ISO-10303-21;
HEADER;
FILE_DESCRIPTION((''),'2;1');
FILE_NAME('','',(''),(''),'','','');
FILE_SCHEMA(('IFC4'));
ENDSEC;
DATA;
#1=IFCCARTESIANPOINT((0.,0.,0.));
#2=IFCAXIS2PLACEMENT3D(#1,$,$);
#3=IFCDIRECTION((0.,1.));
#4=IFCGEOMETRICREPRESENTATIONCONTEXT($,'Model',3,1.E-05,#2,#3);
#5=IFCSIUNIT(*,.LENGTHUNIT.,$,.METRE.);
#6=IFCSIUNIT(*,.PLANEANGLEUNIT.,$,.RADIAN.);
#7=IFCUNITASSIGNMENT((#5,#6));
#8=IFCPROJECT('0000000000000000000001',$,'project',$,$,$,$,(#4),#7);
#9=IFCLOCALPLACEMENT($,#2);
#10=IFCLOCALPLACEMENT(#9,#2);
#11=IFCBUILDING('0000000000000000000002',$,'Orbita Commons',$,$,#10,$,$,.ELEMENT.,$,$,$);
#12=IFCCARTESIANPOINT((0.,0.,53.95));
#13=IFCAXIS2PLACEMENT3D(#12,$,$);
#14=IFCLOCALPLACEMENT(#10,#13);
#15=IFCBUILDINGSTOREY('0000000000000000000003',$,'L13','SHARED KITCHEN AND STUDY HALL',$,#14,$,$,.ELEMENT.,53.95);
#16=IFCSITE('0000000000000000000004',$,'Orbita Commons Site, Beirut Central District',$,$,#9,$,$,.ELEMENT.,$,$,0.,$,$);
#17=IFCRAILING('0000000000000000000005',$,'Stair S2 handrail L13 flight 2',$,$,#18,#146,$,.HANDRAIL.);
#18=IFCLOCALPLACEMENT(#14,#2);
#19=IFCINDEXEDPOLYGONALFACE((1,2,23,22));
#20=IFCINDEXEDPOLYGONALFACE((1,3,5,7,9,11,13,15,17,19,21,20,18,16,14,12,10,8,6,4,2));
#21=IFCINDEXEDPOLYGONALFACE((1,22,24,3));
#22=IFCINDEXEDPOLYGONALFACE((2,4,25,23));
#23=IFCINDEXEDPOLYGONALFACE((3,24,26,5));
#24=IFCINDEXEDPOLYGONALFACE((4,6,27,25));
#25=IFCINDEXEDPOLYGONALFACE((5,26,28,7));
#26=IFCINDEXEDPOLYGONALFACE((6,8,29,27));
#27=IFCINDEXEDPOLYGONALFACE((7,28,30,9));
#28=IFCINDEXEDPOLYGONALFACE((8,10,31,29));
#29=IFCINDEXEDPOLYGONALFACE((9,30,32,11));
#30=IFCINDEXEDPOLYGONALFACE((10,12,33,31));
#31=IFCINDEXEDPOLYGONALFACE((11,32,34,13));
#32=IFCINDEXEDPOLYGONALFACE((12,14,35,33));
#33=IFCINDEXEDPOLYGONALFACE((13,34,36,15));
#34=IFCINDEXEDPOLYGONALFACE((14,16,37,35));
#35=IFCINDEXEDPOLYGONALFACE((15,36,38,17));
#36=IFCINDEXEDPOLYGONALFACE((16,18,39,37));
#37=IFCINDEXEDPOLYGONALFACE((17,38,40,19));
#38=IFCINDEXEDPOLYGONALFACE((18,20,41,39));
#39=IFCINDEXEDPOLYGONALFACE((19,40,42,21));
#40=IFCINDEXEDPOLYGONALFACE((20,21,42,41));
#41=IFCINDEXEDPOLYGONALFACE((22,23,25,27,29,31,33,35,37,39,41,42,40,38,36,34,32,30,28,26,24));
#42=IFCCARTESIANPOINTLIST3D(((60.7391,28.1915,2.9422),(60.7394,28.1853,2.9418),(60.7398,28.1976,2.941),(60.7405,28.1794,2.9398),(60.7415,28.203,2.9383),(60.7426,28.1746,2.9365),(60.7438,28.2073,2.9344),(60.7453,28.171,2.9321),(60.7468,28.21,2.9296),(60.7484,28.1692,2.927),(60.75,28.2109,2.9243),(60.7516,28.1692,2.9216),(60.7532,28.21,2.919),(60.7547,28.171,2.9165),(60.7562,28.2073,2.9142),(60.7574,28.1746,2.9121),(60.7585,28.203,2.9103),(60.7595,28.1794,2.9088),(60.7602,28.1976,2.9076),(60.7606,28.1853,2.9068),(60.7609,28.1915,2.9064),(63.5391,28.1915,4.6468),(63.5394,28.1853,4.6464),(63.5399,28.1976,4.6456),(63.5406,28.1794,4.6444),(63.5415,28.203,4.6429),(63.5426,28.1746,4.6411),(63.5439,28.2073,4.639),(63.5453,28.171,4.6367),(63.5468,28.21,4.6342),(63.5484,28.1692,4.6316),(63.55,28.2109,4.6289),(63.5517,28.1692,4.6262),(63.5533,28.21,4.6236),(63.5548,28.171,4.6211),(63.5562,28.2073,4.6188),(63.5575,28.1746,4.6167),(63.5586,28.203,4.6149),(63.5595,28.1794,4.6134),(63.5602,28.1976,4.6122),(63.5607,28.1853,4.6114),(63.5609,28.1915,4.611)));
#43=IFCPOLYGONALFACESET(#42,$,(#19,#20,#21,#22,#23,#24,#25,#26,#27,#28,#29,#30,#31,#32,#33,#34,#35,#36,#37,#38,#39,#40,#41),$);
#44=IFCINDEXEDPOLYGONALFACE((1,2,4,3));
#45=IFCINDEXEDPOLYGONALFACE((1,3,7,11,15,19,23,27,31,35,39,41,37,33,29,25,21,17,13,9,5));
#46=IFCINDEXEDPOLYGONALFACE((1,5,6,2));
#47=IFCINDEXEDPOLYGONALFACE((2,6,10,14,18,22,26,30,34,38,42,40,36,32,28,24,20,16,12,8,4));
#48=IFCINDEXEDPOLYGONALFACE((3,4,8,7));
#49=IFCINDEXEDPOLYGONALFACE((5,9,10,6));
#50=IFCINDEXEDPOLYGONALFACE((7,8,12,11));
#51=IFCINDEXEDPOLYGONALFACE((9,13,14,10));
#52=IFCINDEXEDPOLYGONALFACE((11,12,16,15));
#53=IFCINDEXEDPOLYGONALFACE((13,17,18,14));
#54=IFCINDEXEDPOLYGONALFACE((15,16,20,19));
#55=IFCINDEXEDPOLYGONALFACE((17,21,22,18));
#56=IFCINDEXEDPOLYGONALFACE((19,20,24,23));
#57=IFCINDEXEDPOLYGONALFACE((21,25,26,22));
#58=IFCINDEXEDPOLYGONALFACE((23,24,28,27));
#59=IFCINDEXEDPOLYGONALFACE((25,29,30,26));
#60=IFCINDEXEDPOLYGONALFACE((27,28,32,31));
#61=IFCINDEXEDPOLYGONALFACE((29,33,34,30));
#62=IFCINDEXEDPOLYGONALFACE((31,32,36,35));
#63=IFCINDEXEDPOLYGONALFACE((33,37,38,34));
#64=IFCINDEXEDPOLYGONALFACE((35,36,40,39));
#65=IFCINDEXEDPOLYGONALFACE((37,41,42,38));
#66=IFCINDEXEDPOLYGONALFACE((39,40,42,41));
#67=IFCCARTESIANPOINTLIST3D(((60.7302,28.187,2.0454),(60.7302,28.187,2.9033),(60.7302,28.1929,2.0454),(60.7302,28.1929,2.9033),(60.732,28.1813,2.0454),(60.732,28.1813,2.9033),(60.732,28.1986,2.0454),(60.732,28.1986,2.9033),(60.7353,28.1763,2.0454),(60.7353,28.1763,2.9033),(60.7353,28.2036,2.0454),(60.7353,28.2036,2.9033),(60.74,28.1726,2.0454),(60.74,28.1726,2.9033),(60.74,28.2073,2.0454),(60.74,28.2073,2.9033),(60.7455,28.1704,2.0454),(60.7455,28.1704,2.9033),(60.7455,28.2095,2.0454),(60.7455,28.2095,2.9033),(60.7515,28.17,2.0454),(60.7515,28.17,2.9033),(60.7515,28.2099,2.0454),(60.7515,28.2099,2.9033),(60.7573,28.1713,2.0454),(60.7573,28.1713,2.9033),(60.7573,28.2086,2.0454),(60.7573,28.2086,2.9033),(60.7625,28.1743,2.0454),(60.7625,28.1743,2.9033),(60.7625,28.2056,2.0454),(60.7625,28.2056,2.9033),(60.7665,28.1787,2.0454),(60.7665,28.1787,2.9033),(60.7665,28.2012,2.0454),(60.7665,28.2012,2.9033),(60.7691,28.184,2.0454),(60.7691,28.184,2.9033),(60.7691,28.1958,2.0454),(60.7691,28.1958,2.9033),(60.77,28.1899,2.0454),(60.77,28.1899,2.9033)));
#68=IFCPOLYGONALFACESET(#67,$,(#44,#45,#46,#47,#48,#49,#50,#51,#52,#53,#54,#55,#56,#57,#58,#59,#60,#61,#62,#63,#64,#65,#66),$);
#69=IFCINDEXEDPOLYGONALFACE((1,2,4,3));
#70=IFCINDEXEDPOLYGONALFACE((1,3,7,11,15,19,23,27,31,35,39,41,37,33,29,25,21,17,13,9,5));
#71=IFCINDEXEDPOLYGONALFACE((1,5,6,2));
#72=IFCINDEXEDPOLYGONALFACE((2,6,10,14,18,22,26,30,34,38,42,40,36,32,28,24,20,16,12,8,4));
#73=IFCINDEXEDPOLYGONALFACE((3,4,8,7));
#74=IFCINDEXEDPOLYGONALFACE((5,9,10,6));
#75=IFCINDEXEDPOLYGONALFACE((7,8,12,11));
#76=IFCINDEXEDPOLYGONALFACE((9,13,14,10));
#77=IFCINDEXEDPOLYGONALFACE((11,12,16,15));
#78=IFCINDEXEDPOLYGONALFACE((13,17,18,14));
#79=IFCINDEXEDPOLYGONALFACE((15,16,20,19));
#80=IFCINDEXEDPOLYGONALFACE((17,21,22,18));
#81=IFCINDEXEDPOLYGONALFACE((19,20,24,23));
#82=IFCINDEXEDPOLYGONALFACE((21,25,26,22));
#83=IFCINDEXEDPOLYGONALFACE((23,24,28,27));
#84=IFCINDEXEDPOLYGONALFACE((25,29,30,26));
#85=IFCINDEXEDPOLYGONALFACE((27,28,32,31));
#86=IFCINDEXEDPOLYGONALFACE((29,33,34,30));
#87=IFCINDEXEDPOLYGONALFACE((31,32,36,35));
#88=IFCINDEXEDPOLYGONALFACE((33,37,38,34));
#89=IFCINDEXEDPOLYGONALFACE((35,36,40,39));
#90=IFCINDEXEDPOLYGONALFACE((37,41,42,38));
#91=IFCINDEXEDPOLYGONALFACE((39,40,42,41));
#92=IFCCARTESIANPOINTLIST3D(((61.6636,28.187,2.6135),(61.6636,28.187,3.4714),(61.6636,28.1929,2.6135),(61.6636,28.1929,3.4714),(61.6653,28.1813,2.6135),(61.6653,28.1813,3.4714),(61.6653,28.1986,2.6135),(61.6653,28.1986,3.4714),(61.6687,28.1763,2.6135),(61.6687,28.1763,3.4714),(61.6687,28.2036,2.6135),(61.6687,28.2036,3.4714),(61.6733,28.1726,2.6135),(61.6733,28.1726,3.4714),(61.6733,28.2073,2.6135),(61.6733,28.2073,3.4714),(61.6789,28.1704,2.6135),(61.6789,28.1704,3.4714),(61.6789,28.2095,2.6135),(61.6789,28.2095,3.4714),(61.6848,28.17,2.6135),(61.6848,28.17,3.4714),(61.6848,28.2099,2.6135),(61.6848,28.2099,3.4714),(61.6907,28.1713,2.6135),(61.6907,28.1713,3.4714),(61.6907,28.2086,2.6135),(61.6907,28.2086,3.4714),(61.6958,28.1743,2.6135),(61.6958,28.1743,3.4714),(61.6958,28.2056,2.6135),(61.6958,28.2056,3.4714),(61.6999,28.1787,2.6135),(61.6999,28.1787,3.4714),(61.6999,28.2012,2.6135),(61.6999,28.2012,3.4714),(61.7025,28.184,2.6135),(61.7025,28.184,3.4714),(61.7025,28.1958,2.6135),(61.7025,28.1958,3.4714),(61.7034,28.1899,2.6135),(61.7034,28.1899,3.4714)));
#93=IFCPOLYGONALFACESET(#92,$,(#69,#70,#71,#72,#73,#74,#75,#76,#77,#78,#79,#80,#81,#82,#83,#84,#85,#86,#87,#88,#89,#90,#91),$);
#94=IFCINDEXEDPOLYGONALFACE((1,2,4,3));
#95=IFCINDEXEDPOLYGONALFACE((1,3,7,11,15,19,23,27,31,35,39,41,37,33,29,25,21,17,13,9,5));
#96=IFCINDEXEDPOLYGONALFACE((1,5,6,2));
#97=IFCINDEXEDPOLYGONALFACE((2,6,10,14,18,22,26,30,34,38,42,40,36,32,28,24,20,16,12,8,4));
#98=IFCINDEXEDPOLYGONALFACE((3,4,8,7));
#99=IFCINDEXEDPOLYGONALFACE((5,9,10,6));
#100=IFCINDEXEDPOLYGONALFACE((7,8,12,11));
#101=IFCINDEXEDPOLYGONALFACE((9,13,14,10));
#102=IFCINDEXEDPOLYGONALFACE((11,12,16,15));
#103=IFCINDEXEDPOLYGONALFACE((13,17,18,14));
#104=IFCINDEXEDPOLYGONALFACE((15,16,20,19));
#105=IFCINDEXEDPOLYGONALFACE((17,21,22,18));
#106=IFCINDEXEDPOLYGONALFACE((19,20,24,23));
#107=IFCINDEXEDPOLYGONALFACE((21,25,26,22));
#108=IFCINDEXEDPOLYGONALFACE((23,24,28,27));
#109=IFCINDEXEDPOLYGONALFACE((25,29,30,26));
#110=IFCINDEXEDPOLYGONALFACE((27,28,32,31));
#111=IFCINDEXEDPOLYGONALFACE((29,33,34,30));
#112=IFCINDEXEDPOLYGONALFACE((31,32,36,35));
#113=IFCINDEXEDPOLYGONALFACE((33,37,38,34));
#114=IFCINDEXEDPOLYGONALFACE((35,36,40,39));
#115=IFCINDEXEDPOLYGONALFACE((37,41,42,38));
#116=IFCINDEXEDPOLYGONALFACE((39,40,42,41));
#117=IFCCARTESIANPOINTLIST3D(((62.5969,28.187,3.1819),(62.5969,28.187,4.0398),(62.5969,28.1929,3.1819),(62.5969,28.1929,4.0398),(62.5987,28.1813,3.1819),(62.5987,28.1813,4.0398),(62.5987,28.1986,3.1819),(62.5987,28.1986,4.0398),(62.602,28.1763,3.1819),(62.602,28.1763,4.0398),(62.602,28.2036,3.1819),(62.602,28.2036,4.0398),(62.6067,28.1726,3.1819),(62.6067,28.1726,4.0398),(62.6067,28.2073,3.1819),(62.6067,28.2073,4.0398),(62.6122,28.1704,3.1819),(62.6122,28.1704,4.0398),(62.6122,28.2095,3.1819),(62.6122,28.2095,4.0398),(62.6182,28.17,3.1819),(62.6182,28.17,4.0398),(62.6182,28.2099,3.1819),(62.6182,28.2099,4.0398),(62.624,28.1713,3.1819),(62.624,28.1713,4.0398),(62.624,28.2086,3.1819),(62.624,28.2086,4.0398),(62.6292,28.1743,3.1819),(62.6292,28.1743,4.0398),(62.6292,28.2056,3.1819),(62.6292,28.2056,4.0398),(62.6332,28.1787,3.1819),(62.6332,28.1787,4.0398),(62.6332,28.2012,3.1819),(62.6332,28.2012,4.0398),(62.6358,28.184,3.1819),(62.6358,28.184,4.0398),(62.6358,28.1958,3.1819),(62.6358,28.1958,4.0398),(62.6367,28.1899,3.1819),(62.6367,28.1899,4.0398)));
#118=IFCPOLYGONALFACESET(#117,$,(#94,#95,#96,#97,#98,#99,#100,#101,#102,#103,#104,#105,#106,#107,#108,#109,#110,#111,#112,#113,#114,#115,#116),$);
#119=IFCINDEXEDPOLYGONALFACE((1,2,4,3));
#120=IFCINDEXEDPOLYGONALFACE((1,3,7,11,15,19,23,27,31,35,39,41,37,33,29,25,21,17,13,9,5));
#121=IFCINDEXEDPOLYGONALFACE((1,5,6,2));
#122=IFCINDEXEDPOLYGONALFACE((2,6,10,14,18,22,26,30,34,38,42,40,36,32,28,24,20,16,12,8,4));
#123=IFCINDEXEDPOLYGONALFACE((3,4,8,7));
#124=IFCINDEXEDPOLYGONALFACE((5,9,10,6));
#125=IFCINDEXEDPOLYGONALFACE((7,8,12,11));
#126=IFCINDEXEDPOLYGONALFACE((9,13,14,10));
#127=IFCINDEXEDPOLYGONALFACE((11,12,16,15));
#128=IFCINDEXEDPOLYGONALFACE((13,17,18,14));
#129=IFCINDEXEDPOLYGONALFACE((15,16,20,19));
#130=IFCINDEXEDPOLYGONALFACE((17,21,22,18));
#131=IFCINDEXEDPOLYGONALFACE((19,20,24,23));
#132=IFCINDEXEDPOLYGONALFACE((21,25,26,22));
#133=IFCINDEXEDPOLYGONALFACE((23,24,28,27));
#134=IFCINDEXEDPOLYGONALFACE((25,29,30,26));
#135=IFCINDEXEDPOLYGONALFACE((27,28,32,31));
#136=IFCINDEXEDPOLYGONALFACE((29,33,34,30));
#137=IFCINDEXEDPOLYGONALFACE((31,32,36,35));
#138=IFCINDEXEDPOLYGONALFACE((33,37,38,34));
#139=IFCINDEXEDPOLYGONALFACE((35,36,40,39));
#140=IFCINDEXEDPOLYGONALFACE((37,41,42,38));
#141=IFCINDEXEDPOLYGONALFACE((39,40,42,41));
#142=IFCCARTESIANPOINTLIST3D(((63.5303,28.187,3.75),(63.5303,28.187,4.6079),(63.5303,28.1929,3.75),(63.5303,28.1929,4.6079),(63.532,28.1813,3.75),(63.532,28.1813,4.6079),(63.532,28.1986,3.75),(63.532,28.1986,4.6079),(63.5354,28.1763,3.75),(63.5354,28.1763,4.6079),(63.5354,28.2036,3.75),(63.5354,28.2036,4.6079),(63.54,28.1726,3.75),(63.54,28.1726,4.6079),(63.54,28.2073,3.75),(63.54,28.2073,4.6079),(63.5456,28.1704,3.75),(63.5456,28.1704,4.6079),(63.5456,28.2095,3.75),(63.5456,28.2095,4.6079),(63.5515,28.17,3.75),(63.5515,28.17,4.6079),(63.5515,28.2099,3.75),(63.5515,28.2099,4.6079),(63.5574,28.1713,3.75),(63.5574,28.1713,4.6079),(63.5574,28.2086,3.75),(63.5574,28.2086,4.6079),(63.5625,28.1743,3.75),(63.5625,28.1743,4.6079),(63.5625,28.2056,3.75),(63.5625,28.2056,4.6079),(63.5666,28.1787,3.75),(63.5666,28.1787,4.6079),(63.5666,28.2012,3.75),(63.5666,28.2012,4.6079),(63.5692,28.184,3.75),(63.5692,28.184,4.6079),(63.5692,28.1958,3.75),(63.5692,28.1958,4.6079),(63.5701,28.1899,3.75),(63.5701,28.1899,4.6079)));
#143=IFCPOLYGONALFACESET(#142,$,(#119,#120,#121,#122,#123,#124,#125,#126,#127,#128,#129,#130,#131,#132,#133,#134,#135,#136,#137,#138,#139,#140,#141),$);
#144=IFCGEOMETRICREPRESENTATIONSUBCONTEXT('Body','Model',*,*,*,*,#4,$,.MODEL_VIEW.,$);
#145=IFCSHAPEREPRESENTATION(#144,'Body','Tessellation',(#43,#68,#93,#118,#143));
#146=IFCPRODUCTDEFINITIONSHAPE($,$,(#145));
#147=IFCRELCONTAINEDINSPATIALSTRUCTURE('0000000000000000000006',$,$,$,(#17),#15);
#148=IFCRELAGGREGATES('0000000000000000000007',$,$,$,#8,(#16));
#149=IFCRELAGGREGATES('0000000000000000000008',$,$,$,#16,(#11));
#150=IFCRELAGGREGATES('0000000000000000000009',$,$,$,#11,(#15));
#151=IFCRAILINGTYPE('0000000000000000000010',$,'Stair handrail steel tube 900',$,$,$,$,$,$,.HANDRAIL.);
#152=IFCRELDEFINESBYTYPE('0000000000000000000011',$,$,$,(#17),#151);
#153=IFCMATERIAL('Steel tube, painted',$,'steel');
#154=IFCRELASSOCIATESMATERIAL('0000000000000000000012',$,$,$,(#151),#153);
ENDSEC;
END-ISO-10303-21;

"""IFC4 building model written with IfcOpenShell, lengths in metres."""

from ifc_helpers import new_model, si_unit, direction, frame, origin, origin_2d, place, context, subcontext, project, spatial, circle, extrude, material, type_object, element, save


model = new_model("IFC4")

# Units and contexts
model_context = context("Model", 3, precision=1e-05, world=origin(), true_north=direction((0.0, 1.0)))
body_context = subcontext(model_context, "Body", "Model", "MODEL_VIEW")
ifc_project = project(units=[si_unit("LENGTHUNIT", "METRE"), si_unit("PLANEANGLEUNIT", "RADIAN")], contexts=[model_context])

# Site, building, storey
site_placement = place(None, origin())
site = spatial("IfcSite", under=ifc_project, at=site_placement, Name="Orbita Commons Site, Beirut Central District", CompositionType="ELEMENT", RefElevation=0.0)
building_placement = place(site_placement, origin())
building = spatial("IfcBuilding", under=site, at=building_placement, Name="Orbita Commons", CompositionType="ELEMENT")
storey_placement = place(building_placement, frame((0.0, 0.0, 53.95)))
storey = spatial("IfcBuildingStorey", under=building, at=storey_placement, Name="L13", Description="SHARED KITCHEN AND STUDY HALL", CompositionType="ELEMENT", Elevation=53.95)

# Railing
ifc_material_1 = material(Name="Steel tube, painted", Category="steel")
railing_type = type_object("IfcRailingType", Name="Stair handrail steel tube 900", PredefinedType="HANDRAIL", material=ifc_material_1)
for number, where, name in (
    (1, (60.75, 28.1899, 2.0454), "Stair S2 handrail L13 flight 2"),
):
    element("IfcRailing", number, at=place(storey_placement, frame(where)), inside=storey, type_object=railing_type, Name=name, PredefinedType="HANDRAIL", context=body_context, shape_type="SweptSolid", body=[
        extrude(circle(Radius=0.021, at=origin_2d()), frame((0.0, 0.0, 0.8789), z_axis=(0.85417, 0.0, 0.519994), x_axis=(0.0, 1.0, 0.0)), (0.0, 0.0, 1.0), 3.2781),
        extrude(circle(Radius=0.02, at=origin_2d()), origin(), (0.0, 0.0, 1.0), 0.8579),
        extrude(circle(Radius=0.02, at=origin_2d()), frame((0.9333, 0.0, 0.5681)), (0.0, 0.0, 1.0), 0.8579),
        extrude(circle(Radius=0.02, at=origin_2d()), frame((1.8667, 0.0, 1.1365)), (0.0, 0.0, 1.0), 0.8579),
        extrude(circle(Radius=0.02, at=origin_2d()), frame((2.8, 0.0, 1.7046)), (0.0, 0.0, 1.0), 0.8579),
    ])

save(model, "model.ifc")
